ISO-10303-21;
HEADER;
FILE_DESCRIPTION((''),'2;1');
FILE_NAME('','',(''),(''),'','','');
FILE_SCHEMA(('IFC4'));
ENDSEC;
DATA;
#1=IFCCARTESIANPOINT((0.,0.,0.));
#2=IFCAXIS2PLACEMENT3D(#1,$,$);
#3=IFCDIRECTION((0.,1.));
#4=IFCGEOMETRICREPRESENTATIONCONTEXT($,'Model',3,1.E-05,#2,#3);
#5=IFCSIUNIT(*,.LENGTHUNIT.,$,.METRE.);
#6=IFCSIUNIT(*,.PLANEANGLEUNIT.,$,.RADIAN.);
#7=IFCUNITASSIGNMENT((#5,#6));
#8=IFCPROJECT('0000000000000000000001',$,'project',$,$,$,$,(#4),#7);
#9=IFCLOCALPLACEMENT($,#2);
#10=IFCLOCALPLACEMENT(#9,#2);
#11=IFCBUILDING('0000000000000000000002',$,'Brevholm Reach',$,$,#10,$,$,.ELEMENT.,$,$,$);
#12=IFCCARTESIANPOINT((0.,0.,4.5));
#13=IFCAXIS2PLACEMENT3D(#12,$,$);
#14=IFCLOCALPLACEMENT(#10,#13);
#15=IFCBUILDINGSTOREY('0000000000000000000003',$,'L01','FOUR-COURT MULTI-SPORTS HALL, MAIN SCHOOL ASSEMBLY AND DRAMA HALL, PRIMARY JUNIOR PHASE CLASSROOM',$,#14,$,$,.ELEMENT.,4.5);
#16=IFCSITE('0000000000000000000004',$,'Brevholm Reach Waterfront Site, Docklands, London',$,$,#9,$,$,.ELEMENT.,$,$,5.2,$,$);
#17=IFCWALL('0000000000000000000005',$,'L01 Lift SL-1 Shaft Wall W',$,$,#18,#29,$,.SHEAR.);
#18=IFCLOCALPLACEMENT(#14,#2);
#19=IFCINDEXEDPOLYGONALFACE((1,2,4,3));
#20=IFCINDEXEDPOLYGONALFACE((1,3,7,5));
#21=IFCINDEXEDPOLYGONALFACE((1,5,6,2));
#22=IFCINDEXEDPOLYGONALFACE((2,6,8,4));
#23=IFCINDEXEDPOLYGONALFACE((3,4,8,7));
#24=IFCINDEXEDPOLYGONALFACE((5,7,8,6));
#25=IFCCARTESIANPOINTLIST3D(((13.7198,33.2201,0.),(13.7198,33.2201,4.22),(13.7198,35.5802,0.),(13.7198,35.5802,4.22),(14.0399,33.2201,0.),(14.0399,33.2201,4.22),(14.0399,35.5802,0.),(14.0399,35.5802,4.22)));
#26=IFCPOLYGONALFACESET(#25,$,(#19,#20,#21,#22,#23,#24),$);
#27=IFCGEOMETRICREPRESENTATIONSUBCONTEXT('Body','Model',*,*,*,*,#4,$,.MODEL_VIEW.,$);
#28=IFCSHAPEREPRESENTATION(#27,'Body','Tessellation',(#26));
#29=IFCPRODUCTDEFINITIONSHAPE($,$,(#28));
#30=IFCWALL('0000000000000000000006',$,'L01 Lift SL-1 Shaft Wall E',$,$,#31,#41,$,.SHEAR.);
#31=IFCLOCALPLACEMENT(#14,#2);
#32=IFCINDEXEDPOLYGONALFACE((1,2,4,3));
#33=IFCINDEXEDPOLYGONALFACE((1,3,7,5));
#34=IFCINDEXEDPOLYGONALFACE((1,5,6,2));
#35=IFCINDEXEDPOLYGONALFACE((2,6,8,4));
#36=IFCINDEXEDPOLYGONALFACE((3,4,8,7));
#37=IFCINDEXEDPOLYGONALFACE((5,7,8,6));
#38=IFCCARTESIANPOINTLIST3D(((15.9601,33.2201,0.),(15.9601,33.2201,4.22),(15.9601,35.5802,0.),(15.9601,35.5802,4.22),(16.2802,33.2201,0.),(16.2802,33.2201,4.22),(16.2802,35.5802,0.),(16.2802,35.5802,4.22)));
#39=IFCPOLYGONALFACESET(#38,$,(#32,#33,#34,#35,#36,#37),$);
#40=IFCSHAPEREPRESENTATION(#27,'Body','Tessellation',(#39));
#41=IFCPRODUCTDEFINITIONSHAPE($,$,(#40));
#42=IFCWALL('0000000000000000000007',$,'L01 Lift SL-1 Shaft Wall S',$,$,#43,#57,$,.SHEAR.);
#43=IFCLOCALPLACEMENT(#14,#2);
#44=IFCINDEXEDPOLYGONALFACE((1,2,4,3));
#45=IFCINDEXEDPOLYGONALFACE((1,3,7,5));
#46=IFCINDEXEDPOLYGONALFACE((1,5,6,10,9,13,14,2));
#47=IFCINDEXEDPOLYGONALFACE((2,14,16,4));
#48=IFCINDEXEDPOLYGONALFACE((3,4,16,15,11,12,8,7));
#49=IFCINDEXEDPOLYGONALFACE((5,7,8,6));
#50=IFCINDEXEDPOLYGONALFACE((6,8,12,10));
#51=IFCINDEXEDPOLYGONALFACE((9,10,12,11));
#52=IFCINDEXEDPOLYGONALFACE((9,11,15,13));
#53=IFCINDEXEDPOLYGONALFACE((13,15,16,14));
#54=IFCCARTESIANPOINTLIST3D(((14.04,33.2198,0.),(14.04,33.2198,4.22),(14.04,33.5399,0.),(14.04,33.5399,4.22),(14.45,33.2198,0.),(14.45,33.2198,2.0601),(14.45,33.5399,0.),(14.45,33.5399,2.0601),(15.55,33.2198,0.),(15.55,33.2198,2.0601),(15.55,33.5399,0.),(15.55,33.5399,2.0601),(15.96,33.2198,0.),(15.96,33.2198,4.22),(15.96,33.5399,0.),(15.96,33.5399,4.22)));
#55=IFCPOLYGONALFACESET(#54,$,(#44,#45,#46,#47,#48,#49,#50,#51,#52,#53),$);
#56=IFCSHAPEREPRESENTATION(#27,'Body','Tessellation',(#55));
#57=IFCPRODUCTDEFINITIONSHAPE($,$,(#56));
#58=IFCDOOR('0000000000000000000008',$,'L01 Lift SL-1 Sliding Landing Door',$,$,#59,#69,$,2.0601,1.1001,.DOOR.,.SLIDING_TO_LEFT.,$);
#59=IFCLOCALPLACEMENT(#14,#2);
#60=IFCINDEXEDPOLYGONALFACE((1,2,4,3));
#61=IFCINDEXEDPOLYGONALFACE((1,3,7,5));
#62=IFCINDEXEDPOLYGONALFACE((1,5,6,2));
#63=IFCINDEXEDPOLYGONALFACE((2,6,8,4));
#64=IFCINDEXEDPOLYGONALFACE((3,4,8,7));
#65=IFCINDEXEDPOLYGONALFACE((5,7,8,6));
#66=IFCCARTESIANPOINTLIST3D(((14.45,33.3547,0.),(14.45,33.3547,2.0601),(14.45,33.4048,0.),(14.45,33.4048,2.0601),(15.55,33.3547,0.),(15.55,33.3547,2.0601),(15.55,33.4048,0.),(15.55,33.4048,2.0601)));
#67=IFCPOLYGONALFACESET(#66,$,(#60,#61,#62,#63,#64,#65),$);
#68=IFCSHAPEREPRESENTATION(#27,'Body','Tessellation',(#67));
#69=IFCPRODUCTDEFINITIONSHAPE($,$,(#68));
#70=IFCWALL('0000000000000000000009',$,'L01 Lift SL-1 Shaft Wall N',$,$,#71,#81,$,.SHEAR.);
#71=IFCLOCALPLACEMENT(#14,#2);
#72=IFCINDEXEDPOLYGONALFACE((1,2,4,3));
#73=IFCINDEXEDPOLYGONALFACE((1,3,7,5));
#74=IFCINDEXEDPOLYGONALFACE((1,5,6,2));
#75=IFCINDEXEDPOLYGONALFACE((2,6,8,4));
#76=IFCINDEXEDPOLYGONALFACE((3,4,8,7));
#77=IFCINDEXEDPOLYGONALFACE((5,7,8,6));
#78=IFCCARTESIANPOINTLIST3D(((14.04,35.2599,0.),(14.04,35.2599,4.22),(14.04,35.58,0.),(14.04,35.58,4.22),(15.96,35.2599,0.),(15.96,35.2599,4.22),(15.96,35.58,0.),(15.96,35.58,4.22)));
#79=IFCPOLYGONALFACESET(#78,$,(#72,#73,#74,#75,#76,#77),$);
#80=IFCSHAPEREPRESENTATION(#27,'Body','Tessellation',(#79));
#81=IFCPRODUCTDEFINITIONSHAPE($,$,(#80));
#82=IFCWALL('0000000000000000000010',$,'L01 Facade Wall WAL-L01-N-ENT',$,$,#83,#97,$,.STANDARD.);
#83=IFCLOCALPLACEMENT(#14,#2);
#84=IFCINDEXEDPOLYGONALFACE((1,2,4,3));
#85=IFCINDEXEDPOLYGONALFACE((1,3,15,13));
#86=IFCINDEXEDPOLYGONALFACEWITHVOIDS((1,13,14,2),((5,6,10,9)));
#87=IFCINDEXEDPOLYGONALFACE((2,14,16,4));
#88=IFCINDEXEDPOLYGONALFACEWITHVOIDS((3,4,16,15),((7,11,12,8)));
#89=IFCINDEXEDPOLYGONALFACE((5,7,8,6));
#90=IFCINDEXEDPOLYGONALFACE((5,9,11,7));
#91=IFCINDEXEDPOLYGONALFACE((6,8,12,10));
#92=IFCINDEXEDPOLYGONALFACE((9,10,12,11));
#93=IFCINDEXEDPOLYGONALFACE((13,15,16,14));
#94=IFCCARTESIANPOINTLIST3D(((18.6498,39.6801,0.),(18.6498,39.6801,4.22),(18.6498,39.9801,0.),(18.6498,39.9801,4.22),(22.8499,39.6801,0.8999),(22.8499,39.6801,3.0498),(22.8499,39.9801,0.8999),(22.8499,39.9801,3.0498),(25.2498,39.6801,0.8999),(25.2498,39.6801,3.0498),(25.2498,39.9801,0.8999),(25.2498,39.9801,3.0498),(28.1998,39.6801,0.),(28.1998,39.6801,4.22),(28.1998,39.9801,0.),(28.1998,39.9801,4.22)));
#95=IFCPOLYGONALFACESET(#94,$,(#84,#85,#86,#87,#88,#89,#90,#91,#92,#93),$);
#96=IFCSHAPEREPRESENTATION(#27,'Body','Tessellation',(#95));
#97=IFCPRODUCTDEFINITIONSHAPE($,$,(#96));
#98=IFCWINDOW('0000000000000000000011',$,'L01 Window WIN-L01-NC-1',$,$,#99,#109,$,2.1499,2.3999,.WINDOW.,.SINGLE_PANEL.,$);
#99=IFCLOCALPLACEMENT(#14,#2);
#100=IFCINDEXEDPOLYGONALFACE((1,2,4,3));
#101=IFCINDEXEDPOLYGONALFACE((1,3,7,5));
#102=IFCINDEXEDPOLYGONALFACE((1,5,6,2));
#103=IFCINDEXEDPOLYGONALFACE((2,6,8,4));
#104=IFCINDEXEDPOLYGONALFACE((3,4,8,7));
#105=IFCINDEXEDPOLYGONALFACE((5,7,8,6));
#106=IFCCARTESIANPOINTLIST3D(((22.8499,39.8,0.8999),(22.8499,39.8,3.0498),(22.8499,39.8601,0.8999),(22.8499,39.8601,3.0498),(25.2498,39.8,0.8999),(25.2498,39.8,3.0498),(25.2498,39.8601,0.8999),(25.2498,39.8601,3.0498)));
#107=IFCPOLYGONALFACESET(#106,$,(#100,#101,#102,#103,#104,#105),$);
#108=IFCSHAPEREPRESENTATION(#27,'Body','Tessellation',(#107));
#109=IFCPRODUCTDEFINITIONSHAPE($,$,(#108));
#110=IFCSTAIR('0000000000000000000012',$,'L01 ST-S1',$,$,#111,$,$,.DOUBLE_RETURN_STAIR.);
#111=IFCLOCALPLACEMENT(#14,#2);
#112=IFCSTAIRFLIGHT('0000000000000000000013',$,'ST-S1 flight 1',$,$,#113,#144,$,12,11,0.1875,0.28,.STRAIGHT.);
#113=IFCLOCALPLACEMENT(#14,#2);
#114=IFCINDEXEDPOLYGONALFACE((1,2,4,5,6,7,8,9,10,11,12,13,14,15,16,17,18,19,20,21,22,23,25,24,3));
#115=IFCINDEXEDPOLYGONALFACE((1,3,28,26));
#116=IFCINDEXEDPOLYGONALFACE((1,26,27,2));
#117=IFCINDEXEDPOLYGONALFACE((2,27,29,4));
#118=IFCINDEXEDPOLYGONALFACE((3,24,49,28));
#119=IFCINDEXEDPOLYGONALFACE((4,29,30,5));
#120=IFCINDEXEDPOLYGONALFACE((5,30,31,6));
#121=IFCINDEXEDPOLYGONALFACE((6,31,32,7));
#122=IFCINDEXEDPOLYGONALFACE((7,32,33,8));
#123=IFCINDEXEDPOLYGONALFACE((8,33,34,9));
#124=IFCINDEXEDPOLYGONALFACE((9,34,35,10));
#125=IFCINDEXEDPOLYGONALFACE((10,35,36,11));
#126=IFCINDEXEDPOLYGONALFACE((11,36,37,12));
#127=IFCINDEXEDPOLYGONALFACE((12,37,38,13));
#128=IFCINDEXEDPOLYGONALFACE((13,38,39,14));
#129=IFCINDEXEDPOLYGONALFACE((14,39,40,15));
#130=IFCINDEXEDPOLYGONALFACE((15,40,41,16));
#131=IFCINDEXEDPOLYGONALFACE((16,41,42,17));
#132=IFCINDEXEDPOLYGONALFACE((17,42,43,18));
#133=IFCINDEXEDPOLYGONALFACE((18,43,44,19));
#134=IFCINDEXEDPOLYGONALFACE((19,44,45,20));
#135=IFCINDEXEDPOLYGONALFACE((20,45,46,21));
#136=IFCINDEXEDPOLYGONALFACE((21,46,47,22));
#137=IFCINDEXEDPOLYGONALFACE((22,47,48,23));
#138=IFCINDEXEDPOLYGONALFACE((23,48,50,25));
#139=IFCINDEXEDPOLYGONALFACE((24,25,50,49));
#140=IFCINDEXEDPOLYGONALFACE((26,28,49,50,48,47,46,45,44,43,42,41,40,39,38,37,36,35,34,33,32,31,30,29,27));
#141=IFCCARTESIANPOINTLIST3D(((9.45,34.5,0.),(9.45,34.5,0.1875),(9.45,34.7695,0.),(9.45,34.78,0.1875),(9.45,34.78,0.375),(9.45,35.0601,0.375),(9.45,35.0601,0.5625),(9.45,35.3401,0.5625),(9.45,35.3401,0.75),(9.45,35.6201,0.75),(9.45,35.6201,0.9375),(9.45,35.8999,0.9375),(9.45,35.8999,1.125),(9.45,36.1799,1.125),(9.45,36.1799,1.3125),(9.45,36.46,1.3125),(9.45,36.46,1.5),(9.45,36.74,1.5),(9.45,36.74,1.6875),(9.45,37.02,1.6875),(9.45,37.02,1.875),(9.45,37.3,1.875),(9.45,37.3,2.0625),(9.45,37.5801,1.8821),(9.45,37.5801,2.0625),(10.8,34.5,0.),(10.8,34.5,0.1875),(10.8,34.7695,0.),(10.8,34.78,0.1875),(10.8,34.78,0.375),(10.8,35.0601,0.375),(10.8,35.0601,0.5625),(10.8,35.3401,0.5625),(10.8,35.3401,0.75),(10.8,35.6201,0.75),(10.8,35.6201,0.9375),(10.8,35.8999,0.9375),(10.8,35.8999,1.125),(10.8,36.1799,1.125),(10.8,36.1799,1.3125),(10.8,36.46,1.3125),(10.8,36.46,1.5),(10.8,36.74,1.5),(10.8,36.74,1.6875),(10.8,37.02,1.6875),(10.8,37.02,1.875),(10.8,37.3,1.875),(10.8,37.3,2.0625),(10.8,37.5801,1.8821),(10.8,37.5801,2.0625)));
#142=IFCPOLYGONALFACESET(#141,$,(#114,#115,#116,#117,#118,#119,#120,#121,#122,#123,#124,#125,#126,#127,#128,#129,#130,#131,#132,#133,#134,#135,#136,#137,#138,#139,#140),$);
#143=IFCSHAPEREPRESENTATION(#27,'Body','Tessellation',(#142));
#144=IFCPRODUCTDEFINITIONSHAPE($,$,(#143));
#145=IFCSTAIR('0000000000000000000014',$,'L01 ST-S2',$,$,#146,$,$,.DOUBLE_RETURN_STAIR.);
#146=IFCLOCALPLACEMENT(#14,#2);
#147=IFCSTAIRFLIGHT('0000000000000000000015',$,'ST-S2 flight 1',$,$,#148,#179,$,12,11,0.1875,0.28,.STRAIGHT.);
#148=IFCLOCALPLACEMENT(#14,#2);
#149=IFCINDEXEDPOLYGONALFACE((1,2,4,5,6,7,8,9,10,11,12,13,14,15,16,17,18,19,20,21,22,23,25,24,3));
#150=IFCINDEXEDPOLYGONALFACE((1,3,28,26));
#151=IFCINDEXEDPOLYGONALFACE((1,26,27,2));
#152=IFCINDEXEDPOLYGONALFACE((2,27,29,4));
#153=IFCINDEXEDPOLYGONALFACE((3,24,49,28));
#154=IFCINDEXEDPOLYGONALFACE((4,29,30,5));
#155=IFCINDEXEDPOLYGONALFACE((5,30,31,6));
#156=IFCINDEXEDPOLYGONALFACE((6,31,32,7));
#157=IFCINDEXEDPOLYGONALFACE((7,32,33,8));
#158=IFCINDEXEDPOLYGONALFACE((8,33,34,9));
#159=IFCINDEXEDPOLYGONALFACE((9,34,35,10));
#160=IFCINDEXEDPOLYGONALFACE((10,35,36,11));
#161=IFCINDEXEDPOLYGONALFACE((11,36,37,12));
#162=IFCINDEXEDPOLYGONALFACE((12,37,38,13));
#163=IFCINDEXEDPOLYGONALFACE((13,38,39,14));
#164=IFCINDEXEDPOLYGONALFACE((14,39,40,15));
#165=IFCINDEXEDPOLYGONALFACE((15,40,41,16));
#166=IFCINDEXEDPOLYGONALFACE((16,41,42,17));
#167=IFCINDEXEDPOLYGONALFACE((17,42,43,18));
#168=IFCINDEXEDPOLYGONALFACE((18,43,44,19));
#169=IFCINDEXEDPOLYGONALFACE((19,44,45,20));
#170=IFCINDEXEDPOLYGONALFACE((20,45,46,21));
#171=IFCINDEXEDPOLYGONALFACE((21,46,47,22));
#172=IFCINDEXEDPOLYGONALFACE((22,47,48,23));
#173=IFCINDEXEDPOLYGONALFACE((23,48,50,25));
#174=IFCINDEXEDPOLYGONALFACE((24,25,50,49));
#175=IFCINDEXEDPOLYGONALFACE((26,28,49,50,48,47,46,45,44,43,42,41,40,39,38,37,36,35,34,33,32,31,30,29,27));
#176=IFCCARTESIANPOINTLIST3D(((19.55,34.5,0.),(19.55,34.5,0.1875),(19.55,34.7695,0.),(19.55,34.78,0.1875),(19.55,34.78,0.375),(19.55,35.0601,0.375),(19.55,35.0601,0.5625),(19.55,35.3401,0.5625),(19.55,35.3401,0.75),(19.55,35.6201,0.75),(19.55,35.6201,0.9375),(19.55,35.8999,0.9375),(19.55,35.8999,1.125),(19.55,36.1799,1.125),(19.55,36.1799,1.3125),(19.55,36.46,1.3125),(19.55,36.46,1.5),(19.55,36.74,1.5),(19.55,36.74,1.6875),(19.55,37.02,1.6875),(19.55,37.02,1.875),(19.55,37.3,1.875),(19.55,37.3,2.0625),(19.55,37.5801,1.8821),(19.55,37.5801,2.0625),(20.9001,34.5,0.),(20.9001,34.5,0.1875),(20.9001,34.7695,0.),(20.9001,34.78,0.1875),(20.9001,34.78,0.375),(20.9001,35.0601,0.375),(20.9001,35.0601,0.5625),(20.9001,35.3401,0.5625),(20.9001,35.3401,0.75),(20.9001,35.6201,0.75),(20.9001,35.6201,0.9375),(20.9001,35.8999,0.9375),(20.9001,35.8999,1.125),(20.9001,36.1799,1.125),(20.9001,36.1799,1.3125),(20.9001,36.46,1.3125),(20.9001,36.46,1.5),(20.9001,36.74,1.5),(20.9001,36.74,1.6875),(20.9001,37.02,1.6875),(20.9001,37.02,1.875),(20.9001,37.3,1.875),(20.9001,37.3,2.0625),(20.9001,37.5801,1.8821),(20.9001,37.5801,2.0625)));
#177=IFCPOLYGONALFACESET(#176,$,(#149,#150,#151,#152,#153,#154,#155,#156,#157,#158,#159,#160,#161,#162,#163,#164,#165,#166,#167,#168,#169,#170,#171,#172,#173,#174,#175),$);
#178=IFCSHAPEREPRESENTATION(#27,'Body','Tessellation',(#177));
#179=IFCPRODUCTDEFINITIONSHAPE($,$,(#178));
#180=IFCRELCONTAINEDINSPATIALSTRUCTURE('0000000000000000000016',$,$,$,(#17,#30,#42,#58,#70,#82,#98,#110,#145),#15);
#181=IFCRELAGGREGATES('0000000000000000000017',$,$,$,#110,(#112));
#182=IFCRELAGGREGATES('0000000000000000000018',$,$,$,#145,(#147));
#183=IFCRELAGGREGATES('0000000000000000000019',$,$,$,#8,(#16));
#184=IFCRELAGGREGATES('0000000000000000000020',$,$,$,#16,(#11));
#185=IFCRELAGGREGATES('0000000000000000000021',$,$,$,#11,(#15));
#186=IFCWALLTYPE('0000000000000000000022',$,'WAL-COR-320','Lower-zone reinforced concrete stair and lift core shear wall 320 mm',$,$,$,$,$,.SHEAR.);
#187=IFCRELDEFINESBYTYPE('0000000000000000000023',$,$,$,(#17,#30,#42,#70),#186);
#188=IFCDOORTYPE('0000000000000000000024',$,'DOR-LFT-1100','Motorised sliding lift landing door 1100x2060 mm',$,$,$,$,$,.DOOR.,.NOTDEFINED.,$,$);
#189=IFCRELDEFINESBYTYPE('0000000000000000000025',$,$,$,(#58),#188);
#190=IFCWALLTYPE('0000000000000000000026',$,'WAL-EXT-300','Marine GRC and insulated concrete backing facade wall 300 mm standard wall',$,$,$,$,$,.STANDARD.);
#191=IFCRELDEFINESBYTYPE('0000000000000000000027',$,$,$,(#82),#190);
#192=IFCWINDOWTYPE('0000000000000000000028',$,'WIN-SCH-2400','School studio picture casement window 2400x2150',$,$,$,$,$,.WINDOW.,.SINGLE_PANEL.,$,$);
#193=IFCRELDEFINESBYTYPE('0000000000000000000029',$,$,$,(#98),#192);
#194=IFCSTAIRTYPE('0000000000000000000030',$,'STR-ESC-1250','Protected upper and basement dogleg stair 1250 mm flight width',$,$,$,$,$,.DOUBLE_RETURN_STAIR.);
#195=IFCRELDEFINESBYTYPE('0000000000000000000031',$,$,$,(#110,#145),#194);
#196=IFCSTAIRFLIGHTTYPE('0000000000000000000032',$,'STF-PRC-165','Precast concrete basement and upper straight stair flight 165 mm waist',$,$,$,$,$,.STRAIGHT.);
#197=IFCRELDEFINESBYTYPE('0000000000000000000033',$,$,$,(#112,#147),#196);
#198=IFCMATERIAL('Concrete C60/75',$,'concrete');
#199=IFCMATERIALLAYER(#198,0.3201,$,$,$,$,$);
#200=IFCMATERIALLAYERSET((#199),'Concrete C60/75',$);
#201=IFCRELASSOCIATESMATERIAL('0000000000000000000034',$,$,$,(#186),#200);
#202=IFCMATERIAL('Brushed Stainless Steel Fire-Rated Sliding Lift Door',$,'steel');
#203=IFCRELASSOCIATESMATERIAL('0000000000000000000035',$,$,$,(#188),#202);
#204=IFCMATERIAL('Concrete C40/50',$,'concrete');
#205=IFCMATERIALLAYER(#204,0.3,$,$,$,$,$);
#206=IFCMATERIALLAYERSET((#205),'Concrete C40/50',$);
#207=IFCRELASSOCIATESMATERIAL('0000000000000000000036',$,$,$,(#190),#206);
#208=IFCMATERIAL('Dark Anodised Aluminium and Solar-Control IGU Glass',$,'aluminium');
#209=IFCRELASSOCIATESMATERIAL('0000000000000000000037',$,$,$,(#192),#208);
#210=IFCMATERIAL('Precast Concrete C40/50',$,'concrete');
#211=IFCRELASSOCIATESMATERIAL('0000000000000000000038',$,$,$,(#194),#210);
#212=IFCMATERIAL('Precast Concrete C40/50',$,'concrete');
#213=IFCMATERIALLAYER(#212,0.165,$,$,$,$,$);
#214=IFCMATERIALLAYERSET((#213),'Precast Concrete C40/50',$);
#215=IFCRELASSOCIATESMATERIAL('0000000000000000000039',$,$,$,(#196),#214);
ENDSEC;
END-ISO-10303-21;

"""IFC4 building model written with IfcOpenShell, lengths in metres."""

from ifc_helpers import new_model, si_unit, direction, frame, frame_2d, origin, place, context, subcontext, project, spatial, polyline, rectangle, outline, extrude, material, layer, layer_set, type_object, element, fill, aggregate, save


model = new_model("IFC4")

# Units and contexts
model_context = context("Model", 3, precision=1e-05, world=origin(), true_north=direction((0.0, 1.0)))
body_context = subcontext(model_context, "Body", "Model", "MODEL_VIEW")
ifc_project = project(units=[si_unit("LENGTHUNIT", "METRE"), si_unit("PLANEANGLEUNIT", "RADIAN")], contexts=[model_context])

# Site, building, storey
site_placement = place(None, origin())
site = spatial("IfcSite", under=ifc_project, at=site_placement, Name="Brevholm Reach Waterfront Site, Docklands, London", CompositionType="ELEMENT", RefElevation=5.2)
building_placement = place(site_placement, origin())
building = spatial("IfcBuilding", under=site, at=building_placement, Name="Brevholm Reach", CompositionType="ELEMENT")
storey_placement = place(building_placement, frame((0.0, 0.0, 4.5)))
storey = spatial("IfcBuildingStorey", under=building, at=storey_placement, Name="L01", Description="FOUR-COURT MULTI-SPORTS HALL, MAIN SCHOOL ASSEMBLY AND DRAMA HALL, PRIMARY JUNIOR PHASE CLASSROOM", CompositionType="ELEMENT", Elevation=4.5)

# Shared definitions
ifc_material_1 = material(Name="Concrete C60/75", Category="concrete")
ifc_layer_1 = layer(ifc_material_1, 0.3201)
ifc_layer_set_1 = layer_set([ifc_layer_1], Name="Concrete C60/75")
wall_type_1 = type_object("IfcWallType", Name="WAL-COR-320", Description="Lower-zone reinforced concrete stair and lift core shear wall 320 mm", PredefinedType="SHEAR", material=ifc_layer_set_1)

# Walls
for number, where, z_axis, x_axis, name in (
    (1, (13.8799, 33.22, 0.0), (0.0, 0.0, 1.0), (0.0, 1.0, 0.0), "L01 Lift SL-1 Shaft Wall W"),
    (2, (16.1201, 33.22, 0.0), (0.0, 0.0, 1.0), (0.0, 1.0, 0.0), "L01 Lift SL-1 Shaft Wall E"),
):
    element("IfcWall", number, at=place(storey_placement, frame(where, z_axis=z_axis, x_axis=x_axis)), inside=storey, type_object=wall_type_1, Name=name, PredefinedType="SHEAR", context=body_context, shape_type="SweptSolid", body=[
        extrude(rectangle(XDim=2.3601, YDim=0.3201, at=frame_2d((1.1802, 0.0))), origin(), (0.0, 0.0, 1.0), 4.22),
    ])

# Wall, opening, door
wall_1_placement = place(storey_placement, frame((14.04, 33.3799, 0.0), z_axis=(0.0, 0.0, 1.0), x_axis=(1.0, 0.0, 0.0)))
wall_1 = element("IfcWall", 3, at=wall_1_placement, inside=storey, type_object=wall_type_1, Name="L01 Lift SL-1 Shaft Wall S", PredefinedType="SHEAR", context=body_context, shape_type="SweptSolid", body=[
    extrude(rectangle(XDim=1.9199, YDim=0.3201, at=frame_2d((0.96, 0.0))), origin(), (0.0, 0.0, 1.0), 4.22),
])
opening_1_placement = place(wall_1_placement, frame((0.4099, 0.0, 0.0)))
opening_1 = element("IfcOpeningElement", 4, at=opening_1_placement, cuts=wall_1, PredefinedType="OPENING", context=body_context, shape_type="SweptSolid", body=[
    extrude(rectangle(XDim=1.1001, YDim=2.0601, at=frame_2d((0.55, 1.03))), frame((0.0, 0.1699, 0.0), z_axis=(0.0, -1.0, 0.0), x_axis=(1.0, 0.0, 0.0)), (0.0, 0.0, 1.0), 0.3401),
])
ifc_material_2 = material(Name="Brushed Stainless Steel Fire-Rated Sliding Lift Door", Category="steel")
door_type_1 = type_object("IfcDoorType", Name="DOR-LFT-1100", Description="Motorised sliding lift landing door 1100x2060 mm", OperationType="NOTDEFINED", PredefinedType="DOOR", material=ifc_material_2)
door_1_placement = place(opening_1_placement, origin())
door_1 = element("IfcDoor", 5, at=door_1_placement, inside=storey, type_object=door_type_1, Name="L01 Lift SL-1 Sliding Landing Door", OperationType="SLIDING_TO_LEFT", OverallHeight=2.0601, OverallWidth=1.1001, PredefinedType="DOOR", context=body_context, shape_type="SweptSolid", body=[
    extrude(rectangle(XDim=1.1001, YDim=2.0601, at=frame_2d((0.55, 1.03))), frame((0.0, 0.0249, 0.0), z_axis=(0.0, -1.0, 0.0), x_axis=(1.0, 0.0, 0.0)), (0.0, 0.0, 1.0), 0.05),
])
fill(opening_1, door_1)

# Wall
wall_2_placement = place(storey_placement, frame((14.04, 35.4199, 0.0), z_axis=(0.0, 0.0, 1.0), x_axis=(1.0, 0.0, 0.0)))
element("IfcWall", 6, at=wall_2_placement, inside=storey, type_object=wall_type_1, Name="L01 Lift SL-1 Shaft Wall N", PredefinedType="SHEAR", context=body_context, shape_type="SweptSolid", body=[
    extrude(rectangle(XDim=1.9199, YDim=0.3201, at=frame_2d((0.96, 0.0))), origin(), (0.0, 0.0, 1.0), 4.22),
])

# Wall, opening, window
ifc_material_3 = material(Name="Concrete C40/50", Category="concrete")
ifc_layer_2 = layer(ifc_material_3, 0.3)
ifc_layer_set_2 = layer_set([ifc_layer_2], Name="Concrete C40/50")
wall_type_2 = type_object("IfcWallType", Name="WAL-EXT-300", Description="Marine GRC and insulated concrete backing facade wall 300 mm standard wall", PredefinedType="STANDARD", material=ifc_layer_set_2)
wall_3_placement = place(storey_placement, frame((18.6499, 39.8301, 0.0), z_axis=(0.0, 0.0, 1.0), x_axis=(1.0, 0.0, 0.0)))
wall_3 = element("IfcWall", 7, at=wall_3_placement, inside=storey, type_object=wall_type_2, Name="L01 Facade Wall WAL-L01-N-ENT", PredefinedType="STANDARD", context=body_context, shape_type="SweptSolid", body=[
    extrude(rectangle(XDim=9.55, YDim=0.3, at=frame_2d((4.7749, 0.0))), origin(), (0.0, 0.0, 1.0), 4.22),
])
opening_2_placement = place(wall_3_placement, frame((4.2, 0.0, 0.8999)))
opening_2 = element("IfcOpeningElement", 8, at=opening_2_placement, cuts=wall_3, PredefinedType="OPENING", context=body_context, shape_type="SweptSolid", body=[
    extrude(rectangle(XDim=2.3999, YDim=2.1499, at=frame_2d((1.2, 1.075))), frame((0.0, 0.1599, 0.0), z_axis=(0.0, -1.0, 0.0), x_axis=(1.0, 0.0, 0.0)), (0.0, 0.0, 1.0), 0.3201),
])
ifc_material_4 = material(Name="Dark Anodised Aluminium and Solar-Control IGU Glass", Category="aluminium")
window_type = type_object("IfcWindowType", Name="WIN-SCH-2400", Description="School studio picture casement window 2400x2150", PartitioningType="SINGLE_PANEL", PredefinedType="WINDOW", material=ifc_material_4)
window_placement = place(opening_2_placement, origin())
window = element("IfcWindow", 9, at=window_placement, inside=storey, type_object=window_type, Name="L01 Window WIN-L01-NC-1", OverallHeight=2.1499, OverallWidth=2.3999, PartitioningType="SINGLE_PANEL", PredefinedType="WINDOW", context=body_context, shape_type="SweptSolid", body=[
    extrude(rectangle(XDim=2.3999, YDim=2.1499, at=frame_2d((1.2, 1.075))), frame((0.0, 0.03, 0.0), z_axis=(0.0, -1.0, 0.0), x_axis=(1.0, 0.0, 0.0)), (0.0, 0.0, 1.0), 0.0601),
])
fill(opening_2, window)

# Stair, stair flight
ifc_material_5 = material(Name="Precast Concrete C40/50", Category="concrete")
stair_type = type_object("IfcStairType", Name="STR-ESC-1250", Description="Protected upper and basement dogleg stair 1250 mm flight width", PredefinedType="DOUBLE_RETURN_STAIR", material=ifc_material_5)
stair_1_placement = place(storey_placement, origin())
stair_1 = element("IfcStair", 10, at=stair_1_placement, inside=storey, type_object=stair_type, Name="L01 ST-S1", PredefinedType="DOUBLE_RETURN_STAIR")
ifc_material_6 = material(Name="Precast Concrete C40/50", Category="concrete")
ifc_layer_3 = layer(ifc_material_6, 0.165)
ifc_layer_set_3 = layer_set([ifc_layer_3], Name="Precast Concrete C40/50")
stair_flight_type = type_object("IfcStairFlightType", Name="STF-PRC-165", Description="Precast concrete basement and upper straight stair flight 165 mm waist", PredefinedType="STRAIGHT", material=ifc_layer_set_3)
stair_flight_1_placement = place(storey_placement, frame((10.125, 34.5, 0.0), z_axis=(0.0, 0.0, 1.0), x_axis=(0.0, 1.0, 0.0)))
stair_flight_1 = element("IfcStairFlight", 11, at=stair_flight_1_placement, type_object=stair_flight_type, Name="ST-S1 flight 1", NumberOfRisers=12, NumberOfTreads=11, PredefinedType="STRAIGHT", RiserHeight=0.1875, TreadLength=0.28, context=body_context, shape_type="SweptSolid", body=[
    extrude(outline(polyline([(0.0, 0.0), (0.0, 0.1875), (0.28, 0.1875), (0.28, 0.375), (0.5601, 0.375), (0.5601, 0.5625), (0.8401, 0.5625), (0.8401, 0.75), (1.1201, 0.75), (1.1201, 0.9375), (1.3999, 0.9375), (1.3999, 1.125), (1.6799, 1.125), (1.6799, 1.3125), (1.96, 1.3125), (1.96, 1.5), (2.24, 1.5), (2.24, 1.6875), (2.52, 1.6875), (2.52, 1.875), (2.8, 1.875), (2.8, 2.0625), (3.0801, 2.0625), (3.0801, 2.25), (3.0801, 1.8821), (0.2695, 0.0), (0.0, 0.0)])), frame((0.0, 0.675, 0.0), z_axis=(0.0, -1.0, 0.0), x_axis=(1.0, 0.0, 0.0)), (0.0, 0.0, 1.0), 1.3501),
])
aggregate(stair_1, [stair_flight_1])

# Stair, stair flight
stair_2_placement = place(storey_placement, origin())
stair_2 = element("IfcStair", 12, at=stair_2_placement, inside=storey, type_object=stair_type, Name="L01 ST-S2", PredefinedType="DOUBLE_RETURN_STAIR")
stair_flight_2_placement = place(storey_placement, frame((20.2251, 34.5, 0.0), z_axis=(0.0, 0.0, 1.0), x_axis=(0.0, 1.0, 0.0)))
stair_flight_2 = element("IfcStairFlight", 13, at=stair_flight_2_placement, type_object=stair_flight_type, Name="ST-S2 flight 1", NumberOfRisers=12, NumberOfTreads=11, PredefinedType="STRAIGHT", RiserHeight=0.1875, TreadLength=0.28, context=body_context, shape_type="SweptSolid", body=[
    extrude(outline(polyline([(0.0, 0.0), (0.0, 0.1875), (0.28, 0.1875), (0.28, 0.375), (0.5601, 0.375), (0.5601, 0.5625), (0.8401, 0.5625), (0.8401, 0.75), (1.1201, 0.75), (1.1201, 0.9375), (1.3999, 0.9375), (1.3999, 1.125), (1.6799, 1.125), (1.6799, 1.3125), (1.96, 1.3125), (1.96, 1.5), (2.24, 1.5), (2.24, 1.6875), (2.52, 1.6875), (2.52, 1.875), (2.8, 1.875), (2.8, 2.0625), (3.0801, 2.0625), (3.0801, 2.25), (3.0801, 1.8821), (0.2695, 0.0), (0.0, 0.0)])), frame((0.0, 0.675, 0.0), z_axis=(0.0, -1.0, 0.0), x_axis=(1.0, 0.0, 0.0)), (0.0, 0.0, 1.0), 1.3501),
])
aggregate(stair_2, [stair_flight_2])

save(model, "model.ifc")
